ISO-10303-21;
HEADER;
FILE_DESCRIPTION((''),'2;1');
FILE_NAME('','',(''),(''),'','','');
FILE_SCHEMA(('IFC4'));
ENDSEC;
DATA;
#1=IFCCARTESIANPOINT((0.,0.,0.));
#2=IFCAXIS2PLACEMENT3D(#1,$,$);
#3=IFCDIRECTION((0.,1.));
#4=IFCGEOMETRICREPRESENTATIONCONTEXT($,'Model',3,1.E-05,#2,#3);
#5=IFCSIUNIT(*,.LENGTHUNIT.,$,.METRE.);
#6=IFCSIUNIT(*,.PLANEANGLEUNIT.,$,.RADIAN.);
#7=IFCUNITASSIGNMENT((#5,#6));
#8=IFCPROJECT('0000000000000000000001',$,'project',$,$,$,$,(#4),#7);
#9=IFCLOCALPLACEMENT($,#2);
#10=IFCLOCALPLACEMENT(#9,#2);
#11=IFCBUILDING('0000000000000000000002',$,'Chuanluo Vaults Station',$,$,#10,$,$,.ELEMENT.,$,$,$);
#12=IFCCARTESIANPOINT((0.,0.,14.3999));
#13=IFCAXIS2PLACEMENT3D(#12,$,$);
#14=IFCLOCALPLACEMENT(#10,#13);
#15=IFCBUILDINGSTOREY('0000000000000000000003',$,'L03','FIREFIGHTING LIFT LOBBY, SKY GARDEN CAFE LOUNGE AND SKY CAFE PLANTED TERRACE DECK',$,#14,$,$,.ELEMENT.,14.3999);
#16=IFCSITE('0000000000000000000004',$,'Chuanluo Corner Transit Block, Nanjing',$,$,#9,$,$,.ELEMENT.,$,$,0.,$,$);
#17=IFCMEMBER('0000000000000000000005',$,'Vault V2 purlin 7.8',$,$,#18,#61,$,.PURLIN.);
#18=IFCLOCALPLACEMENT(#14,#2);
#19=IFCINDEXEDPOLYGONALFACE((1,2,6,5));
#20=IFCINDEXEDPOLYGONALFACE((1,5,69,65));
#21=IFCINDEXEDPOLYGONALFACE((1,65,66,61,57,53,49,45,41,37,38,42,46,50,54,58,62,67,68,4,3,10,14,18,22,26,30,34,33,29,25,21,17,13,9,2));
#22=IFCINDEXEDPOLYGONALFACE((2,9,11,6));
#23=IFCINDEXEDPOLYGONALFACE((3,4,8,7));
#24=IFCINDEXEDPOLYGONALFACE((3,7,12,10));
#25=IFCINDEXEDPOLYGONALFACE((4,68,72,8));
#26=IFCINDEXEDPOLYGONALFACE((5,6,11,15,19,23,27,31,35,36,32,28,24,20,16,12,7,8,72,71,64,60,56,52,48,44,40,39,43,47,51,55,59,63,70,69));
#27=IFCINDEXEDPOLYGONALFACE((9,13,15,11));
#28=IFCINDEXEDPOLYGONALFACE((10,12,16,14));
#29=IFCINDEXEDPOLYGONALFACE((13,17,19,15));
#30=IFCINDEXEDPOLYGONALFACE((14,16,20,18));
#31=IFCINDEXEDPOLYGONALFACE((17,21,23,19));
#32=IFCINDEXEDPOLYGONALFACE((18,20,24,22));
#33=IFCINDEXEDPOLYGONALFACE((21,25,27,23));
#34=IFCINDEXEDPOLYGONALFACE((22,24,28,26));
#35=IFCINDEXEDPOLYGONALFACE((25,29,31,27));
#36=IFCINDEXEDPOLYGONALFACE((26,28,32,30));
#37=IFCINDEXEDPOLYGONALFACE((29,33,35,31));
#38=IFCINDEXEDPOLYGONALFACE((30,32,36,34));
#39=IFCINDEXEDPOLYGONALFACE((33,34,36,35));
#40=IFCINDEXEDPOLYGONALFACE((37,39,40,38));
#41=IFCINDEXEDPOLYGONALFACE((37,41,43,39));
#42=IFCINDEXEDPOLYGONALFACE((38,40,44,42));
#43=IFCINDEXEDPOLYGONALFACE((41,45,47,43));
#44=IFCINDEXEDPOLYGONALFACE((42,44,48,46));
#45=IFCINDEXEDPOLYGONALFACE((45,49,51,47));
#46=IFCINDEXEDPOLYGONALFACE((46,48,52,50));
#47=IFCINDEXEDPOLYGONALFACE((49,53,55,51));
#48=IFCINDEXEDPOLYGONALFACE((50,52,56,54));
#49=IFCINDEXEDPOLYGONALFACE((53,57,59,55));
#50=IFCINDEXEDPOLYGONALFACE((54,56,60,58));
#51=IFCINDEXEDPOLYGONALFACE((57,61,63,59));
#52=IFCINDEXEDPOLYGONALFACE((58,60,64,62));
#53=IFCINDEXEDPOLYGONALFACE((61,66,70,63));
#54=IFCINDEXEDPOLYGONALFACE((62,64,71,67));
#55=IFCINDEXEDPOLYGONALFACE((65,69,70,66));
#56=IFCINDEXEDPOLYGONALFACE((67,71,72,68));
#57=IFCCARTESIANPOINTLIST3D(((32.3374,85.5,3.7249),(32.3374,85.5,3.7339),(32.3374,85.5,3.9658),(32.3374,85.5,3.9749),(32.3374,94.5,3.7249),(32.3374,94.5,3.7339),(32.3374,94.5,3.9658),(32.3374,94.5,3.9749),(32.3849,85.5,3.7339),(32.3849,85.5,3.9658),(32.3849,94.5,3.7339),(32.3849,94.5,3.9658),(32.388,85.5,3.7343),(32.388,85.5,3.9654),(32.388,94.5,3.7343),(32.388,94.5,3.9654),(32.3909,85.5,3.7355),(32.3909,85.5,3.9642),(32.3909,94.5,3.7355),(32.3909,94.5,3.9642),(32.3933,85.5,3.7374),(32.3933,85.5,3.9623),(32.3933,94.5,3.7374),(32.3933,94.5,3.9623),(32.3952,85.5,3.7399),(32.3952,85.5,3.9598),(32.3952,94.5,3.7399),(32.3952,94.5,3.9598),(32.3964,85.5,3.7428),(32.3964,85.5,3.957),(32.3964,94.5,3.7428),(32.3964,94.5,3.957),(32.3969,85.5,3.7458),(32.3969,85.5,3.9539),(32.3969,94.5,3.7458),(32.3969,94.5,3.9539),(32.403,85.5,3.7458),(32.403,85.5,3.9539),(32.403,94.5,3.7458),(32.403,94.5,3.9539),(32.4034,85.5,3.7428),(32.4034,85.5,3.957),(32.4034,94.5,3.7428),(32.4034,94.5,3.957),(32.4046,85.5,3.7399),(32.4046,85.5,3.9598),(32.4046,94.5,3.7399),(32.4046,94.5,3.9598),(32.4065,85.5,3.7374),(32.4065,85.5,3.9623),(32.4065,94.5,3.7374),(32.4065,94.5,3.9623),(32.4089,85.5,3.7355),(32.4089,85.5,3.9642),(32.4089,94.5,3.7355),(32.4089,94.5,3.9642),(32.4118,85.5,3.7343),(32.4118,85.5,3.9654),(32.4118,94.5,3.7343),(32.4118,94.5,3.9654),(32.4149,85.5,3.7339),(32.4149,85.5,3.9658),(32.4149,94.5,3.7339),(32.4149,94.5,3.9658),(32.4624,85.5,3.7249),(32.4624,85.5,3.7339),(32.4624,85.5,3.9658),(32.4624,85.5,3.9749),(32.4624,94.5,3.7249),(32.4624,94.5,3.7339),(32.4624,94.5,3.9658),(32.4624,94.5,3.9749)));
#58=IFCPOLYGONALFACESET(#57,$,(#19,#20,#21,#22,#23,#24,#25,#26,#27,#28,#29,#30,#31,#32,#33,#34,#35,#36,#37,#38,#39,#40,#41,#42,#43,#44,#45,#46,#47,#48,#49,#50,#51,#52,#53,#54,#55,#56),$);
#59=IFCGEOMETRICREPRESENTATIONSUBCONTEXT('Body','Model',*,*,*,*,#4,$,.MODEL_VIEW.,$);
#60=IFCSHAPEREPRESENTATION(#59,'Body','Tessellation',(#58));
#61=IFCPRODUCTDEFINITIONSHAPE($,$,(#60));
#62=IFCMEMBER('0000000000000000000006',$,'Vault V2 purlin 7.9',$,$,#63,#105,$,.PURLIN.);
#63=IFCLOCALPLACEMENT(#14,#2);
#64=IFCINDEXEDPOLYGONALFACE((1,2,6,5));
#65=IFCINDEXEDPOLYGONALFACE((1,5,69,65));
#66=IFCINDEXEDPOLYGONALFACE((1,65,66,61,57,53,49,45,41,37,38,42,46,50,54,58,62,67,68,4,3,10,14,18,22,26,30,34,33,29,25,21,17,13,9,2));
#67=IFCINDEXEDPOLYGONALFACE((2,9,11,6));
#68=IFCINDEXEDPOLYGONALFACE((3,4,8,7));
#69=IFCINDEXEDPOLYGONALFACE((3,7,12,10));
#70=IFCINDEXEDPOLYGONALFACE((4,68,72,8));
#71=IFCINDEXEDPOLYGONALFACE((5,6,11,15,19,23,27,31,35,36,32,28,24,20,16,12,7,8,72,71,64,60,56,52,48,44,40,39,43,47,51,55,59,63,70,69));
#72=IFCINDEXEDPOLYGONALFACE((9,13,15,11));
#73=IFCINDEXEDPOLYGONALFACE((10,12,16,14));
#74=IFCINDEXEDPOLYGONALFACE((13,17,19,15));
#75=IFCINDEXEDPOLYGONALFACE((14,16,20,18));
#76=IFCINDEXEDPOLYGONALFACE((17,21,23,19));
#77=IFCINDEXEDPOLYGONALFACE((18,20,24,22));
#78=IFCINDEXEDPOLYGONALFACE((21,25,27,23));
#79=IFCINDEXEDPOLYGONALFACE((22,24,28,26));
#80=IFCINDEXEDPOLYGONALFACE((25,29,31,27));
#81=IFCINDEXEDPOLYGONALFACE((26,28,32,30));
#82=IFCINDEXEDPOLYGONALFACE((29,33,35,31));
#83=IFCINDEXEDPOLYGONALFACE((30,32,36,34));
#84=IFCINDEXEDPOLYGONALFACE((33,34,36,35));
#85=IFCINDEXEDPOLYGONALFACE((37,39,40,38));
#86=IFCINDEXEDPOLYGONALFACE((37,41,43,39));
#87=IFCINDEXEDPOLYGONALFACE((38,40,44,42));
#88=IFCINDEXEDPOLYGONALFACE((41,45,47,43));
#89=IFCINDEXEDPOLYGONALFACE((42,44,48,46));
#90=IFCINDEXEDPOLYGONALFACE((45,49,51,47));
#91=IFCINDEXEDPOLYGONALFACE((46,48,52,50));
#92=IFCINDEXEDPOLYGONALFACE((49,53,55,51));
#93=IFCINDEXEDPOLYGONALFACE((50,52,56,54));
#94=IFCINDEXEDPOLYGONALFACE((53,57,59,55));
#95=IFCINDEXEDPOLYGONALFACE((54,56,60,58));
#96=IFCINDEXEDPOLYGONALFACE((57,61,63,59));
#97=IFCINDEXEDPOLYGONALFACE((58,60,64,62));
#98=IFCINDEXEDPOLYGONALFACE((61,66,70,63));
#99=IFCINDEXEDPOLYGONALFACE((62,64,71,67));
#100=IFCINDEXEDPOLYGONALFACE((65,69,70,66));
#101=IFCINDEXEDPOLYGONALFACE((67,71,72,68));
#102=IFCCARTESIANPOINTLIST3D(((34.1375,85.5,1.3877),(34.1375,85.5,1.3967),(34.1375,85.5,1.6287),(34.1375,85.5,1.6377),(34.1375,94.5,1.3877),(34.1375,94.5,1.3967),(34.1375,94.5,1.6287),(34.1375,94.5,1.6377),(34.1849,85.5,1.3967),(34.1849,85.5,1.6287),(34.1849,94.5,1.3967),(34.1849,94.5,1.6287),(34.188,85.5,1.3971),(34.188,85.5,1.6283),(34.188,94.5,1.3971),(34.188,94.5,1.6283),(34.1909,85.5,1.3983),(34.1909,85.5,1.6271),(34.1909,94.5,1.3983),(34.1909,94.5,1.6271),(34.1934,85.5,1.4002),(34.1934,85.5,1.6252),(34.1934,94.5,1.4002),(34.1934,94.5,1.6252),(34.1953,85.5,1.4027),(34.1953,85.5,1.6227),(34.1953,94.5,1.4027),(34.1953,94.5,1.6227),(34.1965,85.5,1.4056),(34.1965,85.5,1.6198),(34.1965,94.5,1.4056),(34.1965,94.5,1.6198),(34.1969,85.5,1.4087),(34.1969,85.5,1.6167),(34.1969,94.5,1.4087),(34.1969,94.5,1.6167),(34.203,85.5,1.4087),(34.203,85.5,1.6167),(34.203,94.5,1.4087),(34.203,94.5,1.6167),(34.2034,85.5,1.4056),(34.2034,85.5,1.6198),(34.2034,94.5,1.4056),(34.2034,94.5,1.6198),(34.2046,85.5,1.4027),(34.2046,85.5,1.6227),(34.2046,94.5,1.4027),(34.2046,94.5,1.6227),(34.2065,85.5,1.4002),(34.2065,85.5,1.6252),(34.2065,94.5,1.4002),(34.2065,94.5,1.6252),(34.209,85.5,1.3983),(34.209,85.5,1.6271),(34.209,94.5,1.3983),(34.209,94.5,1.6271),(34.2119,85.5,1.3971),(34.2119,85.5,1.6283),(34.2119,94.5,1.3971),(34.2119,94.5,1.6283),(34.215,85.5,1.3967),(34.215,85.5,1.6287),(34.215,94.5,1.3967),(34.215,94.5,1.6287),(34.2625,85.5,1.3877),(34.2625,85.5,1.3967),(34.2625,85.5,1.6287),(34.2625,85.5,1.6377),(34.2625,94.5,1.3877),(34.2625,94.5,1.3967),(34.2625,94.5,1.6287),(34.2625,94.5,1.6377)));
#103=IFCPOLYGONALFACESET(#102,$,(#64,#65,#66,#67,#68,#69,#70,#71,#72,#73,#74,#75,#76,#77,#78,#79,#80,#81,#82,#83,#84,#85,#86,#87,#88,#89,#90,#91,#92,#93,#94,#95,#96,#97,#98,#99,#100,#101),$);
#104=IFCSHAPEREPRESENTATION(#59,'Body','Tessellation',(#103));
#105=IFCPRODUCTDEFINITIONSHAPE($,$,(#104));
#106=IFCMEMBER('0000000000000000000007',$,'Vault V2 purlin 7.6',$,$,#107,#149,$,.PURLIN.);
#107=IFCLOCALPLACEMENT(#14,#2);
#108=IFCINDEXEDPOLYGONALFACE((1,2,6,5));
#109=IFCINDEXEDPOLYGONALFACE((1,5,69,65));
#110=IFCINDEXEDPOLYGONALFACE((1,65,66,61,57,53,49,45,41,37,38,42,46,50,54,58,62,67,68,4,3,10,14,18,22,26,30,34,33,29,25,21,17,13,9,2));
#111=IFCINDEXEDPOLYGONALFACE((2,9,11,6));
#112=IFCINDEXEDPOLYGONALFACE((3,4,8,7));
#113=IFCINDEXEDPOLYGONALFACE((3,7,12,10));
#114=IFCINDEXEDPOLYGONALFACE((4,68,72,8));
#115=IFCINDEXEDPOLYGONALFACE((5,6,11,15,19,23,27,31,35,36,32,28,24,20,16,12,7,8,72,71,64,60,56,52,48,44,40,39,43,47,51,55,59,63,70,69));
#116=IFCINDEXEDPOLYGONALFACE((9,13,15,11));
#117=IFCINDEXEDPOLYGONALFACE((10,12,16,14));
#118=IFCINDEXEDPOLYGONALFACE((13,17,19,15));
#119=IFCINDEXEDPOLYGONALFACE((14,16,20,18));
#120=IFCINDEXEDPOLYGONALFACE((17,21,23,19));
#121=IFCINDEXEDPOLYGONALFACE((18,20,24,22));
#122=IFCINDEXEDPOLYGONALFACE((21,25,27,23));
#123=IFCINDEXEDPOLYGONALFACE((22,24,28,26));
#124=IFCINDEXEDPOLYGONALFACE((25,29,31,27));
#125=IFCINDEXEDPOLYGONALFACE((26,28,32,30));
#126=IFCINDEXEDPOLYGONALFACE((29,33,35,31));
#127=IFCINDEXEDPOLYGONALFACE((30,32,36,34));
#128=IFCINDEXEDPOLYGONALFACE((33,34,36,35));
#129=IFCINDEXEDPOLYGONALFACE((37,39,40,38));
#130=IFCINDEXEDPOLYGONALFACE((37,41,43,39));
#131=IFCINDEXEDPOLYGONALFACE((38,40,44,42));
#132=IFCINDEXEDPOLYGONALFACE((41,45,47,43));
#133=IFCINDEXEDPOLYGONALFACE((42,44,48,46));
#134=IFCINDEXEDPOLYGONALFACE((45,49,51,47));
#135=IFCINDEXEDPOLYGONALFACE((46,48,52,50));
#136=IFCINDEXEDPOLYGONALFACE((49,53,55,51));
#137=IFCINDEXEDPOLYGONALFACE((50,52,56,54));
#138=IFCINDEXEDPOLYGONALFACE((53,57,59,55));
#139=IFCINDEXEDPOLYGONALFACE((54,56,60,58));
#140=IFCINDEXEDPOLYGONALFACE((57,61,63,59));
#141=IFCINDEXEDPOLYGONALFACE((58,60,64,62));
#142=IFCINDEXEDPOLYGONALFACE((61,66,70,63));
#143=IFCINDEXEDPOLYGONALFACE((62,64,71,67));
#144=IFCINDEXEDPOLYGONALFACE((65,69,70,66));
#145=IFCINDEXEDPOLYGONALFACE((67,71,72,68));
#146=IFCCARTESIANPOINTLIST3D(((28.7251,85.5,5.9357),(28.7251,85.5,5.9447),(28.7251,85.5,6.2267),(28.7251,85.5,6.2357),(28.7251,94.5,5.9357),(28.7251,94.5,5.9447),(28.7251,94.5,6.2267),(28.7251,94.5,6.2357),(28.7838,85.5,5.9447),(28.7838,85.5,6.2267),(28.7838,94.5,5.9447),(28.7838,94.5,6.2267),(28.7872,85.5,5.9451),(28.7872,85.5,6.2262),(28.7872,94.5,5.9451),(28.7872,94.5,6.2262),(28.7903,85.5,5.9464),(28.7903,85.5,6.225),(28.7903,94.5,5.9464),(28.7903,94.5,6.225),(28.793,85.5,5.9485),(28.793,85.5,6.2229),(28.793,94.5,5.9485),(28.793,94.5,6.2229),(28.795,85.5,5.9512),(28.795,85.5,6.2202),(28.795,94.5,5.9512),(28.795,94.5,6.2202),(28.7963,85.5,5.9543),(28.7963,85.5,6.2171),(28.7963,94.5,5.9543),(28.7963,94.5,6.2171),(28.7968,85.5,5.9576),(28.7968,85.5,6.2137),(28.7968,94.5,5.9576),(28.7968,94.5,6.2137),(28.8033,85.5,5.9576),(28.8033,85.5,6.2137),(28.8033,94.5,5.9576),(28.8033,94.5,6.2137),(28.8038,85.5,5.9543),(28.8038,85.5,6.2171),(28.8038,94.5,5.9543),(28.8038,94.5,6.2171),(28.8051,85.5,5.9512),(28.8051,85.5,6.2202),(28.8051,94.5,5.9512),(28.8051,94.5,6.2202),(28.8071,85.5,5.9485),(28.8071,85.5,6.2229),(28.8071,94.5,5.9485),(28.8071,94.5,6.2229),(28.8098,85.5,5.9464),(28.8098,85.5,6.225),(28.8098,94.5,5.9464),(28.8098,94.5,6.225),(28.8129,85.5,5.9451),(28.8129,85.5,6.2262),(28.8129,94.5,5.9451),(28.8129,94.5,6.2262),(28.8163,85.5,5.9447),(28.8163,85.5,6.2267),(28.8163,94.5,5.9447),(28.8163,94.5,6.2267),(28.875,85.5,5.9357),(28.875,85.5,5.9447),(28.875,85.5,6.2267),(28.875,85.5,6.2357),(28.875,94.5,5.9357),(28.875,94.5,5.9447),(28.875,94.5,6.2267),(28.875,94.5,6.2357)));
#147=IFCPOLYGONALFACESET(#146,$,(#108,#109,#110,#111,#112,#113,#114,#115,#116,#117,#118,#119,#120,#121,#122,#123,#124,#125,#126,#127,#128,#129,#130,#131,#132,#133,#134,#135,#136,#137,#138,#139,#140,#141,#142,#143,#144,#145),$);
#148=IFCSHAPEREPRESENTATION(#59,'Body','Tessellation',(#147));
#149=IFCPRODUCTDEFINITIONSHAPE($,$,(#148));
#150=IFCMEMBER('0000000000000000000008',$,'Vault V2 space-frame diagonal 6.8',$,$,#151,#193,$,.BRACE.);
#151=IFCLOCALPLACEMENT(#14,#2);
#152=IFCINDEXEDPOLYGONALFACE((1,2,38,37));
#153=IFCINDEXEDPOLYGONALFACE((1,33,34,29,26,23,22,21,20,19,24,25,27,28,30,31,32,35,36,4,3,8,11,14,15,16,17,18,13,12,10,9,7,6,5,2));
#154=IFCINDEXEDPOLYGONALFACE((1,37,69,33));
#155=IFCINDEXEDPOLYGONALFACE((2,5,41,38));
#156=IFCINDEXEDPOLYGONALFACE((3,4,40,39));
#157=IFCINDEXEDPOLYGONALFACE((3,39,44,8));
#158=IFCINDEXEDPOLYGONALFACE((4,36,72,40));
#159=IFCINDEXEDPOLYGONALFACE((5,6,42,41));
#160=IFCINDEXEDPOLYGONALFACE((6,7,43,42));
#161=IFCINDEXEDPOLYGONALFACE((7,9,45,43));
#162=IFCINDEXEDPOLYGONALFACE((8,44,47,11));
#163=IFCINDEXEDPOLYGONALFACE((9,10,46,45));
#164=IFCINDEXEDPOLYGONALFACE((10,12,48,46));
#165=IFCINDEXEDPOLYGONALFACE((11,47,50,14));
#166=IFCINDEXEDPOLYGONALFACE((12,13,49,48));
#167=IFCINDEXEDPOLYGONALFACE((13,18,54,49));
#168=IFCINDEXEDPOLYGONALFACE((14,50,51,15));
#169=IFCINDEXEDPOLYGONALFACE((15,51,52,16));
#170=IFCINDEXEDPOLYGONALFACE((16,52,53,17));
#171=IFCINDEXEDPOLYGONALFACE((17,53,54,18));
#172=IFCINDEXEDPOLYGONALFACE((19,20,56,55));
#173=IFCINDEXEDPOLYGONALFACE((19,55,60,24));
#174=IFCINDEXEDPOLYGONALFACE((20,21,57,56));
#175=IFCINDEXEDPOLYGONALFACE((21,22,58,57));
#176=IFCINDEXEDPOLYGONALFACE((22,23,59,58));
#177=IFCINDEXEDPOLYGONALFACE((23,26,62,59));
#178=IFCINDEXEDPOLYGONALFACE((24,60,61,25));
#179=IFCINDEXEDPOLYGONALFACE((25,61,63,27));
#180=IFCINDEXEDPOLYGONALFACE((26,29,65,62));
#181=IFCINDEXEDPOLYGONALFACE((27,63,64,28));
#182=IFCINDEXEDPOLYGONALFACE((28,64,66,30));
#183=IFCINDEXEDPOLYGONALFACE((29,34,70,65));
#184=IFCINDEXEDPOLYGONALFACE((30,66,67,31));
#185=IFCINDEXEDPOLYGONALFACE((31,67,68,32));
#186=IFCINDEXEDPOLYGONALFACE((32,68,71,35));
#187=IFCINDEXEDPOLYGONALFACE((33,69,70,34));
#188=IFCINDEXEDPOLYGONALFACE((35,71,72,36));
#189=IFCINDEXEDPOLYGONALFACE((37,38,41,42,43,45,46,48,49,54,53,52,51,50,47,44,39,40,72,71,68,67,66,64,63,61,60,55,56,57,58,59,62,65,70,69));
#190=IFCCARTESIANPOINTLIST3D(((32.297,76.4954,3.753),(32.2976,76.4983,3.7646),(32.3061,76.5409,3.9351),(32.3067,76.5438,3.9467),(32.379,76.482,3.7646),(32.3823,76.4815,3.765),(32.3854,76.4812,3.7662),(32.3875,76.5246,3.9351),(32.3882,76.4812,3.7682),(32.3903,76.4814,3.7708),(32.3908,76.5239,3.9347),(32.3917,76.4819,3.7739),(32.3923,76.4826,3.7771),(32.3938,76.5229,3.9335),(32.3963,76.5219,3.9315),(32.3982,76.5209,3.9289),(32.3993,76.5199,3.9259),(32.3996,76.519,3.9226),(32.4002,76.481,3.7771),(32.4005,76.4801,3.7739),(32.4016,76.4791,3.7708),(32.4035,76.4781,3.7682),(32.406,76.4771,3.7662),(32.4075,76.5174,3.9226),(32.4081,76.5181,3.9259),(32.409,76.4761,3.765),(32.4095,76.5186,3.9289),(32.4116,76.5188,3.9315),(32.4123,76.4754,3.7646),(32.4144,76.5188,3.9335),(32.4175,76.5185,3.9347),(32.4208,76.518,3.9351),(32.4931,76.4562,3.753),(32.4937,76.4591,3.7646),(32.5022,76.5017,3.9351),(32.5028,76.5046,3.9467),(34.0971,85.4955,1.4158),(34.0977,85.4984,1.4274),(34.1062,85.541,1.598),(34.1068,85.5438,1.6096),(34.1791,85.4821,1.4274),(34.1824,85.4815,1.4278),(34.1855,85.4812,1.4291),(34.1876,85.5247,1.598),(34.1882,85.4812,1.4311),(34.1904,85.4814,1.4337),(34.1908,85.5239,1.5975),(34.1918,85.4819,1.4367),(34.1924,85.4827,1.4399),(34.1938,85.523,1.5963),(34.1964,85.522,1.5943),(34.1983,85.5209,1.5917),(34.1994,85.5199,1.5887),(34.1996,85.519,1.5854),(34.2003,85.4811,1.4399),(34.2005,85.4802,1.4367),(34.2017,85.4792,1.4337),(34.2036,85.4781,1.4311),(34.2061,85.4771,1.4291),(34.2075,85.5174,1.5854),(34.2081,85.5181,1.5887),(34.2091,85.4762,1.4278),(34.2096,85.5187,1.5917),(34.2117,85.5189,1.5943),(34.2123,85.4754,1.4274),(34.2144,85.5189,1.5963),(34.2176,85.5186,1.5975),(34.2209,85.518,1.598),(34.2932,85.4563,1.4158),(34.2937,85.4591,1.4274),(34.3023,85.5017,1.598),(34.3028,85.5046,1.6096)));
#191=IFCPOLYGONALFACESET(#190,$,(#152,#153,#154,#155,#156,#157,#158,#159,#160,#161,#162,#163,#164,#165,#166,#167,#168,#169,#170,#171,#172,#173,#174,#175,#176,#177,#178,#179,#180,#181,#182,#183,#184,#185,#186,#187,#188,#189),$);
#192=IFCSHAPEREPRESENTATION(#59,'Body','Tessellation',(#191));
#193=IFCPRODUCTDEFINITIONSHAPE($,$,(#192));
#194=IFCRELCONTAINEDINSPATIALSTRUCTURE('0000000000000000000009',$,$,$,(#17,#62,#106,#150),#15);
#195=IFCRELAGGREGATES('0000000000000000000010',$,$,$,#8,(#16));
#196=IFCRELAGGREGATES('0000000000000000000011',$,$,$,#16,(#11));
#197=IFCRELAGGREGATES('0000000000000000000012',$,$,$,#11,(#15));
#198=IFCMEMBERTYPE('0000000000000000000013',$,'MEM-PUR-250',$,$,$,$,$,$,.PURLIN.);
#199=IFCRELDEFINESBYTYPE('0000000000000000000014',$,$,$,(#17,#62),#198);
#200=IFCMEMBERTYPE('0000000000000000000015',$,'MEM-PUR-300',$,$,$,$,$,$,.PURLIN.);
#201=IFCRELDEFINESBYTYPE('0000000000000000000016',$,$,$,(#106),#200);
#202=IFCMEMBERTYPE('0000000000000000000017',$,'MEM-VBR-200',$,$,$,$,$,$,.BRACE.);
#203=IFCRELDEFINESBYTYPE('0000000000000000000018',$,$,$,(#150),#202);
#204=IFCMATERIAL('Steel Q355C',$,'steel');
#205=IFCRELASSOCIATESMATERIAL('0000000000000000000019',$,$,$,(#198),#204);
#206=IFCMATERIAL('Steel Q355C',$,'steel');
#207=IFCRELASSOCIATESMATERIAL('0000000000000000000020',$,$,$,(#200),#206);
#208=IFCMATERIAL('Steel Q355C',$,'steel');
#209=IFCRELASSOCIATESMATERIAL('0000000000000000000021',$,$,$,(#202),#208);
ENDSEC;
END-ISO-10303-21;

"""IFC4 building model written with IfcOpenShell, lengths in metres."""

from ifc_helpers import new_model, si_unit, direction, frame, origin, origin_2d, place, context, subcontext, project, spatial, i_section, extrude, material, material_profile, profile_set, type_object, element, save


model = new_model("IFC4")

# Units and contexts
model_context = context("Model", 3, precision=1e-05, world=origin(), true_north=direction((0.0, 1.0)))
body_context = subcontext(model_context, "Body", "Model", "MODEL_VIEW")
ifc_project = project(units=[si_unit("LENGTHUNIT", "METRE"), si_unit("PLANEANGLEUNIT", "RADIAN")], contexts=[model_context])

# Site, building, storey
site_placement = place(None, origin())
site = spatial("IfcSite", under=ifc_project, at=site_placement, Name="Chuanluo Corner Transit Block, Nanjing", CompositionType="ELEMENT", RefElevation=0.0)
building_placement = place(site_placement, origin())
building = spatial("IfcBuilding", under=site, at=building_placement, Name="Chuanluo Vaults Station", CompositionType="ELEMENT")
storey_placement = place(building_placement, frame((0.0, 0.0, 14.3999)))
storey = spatial("IfcBuildingStorey", under=building, at=storey_placement, Name="L03", Description="FIREFIGHTING LIFT LOBBY, SKY GARDEN CAFE LOUNGE AND SKY CAFE PLANTED TERRACE DECK", CompositionType="ELEMENT", Elevation=14.3999)

# Members
ifc_material_1 = material(Name="Steel Q355C", Category="steel")
ifc_material_profile_1 = material_profile(ifc_material_1, i_section(OverallWidth=0.125, OverallDepth=0.25, WebThickness=0.0061, FlangeThickness=0.009, FilletRadius=0.012, at=origin_2d()))
ifc_profile_set_1 = profile_set([ifc_material_profile_1], Name="Steel Q355C")
member_type_1 = type_object("IfcMemberType", Name="MEM-PUR-250", PredefinedType="PURLIN", material=ifc_profile_set_1)
for number, where, z_axis, x_axis, name in (
    (1, (32.3999, 85.5, 3.8499), (0.0, 1.0, 0.0), (-1.0, 0.0, 0.0), "Vault V2 purlin 7.8"),
    (2, (34.2, 85.5, 1.5127), (0.0, 1.0, 0.0), (-1.0, 0.0, 0.0), "Vault V2 purlin 7.9"),
):
    element("IfcMember", number, at=place(storey_placement, frame(where, z_axis=z_axis, x_axis=x_axis)), inside=storey, type_object=member_type_1, Name=name, PredefinedType="PURLIN", context=body_context, shape_type="SweptSolid", body=[
        extrude(i_section(OverallWidth=0.125, OverallDepth=0.25, WebThickness=0.0061, FlangeThickness=0.009, FilletRadius=0.012, at=origin_2d()), origin(), (0.0, 0.0, 1.0), 9.0),
    ])
ifc_material_2 = material(Name="Steel Q355C", Category="steel")
ifc_material_profile_2 = material_profile(ifc_material_2, i_section(OverallWidth=0.1499, OverallDepth=0.3, WebThickness=0.0066, FlangeThickness=0.009, FilletRadius=0.0129, at=origin_2d()))
ifc_profile_set_2 = profile_set([ifc_material_profile_2], Name="Steel Q355C")
member_type_2 = type_object("IfcMemberType", Name="MEM-PUR-300", PredefinedType="PURLIN", material=ifc_profile_set_2)
member_1_placement = place(storey_placement, frame((28.8, 85.5, 6.0857), z_axis=(0.0, 1.0, 0.0), x_axis=(-1.0, 0.0, 0.0)))
element("IfcMember", 3, at=member_1_placement, inside=storey, type_object=member_type_2, Name="Vault V2 purlin 7.6", PredefinedType="PURLIN", context=body_context, shape_type="SweptSolid", body=[
    extrude(i_section(OverallWidth=0.1499, OverallDepth=0.3, WebThickness=0.0066, FlangeThickness=0.009, FilletRadius=0.0129, at=origin_2d()), origin(), (0.0, 0.0, 1.0), 9.0),
])
ifc_material_3 = material(Name="Steel Q355C", Category="steel")
ifc_material_profile_3 = material_profile(ifc_material_3, i_section(OverallWidth=0.2, OverallDepth=0.2, WebThickness=0.0081, FlangeThickness=0.012, FilletRadius=0.0129, at=origin_2d()))
ifc_profile_set_3 = profile_set([ifc_material_profile_3], Name="Steel Q355C")
member_type_3 = type_object("IfcMemberType", Name="MEM-VBR-200", PredefinedType="BRACE", material=ifc_profile_set_3)
member_2_placement = place(storey_placement, frame((32.3999, 76.5, 3.8499), z_axis=(0.190056, 0.950255, -0.246766), x_axis=(-0.98058, 0.196121, 0.0)))
element("IfcMember", 4, at=member_2_placement, inside=storey, type_object=member_type_3, Name="Vault V2 space-frame diagonal 6.8", PredefinedType="BRACE", context=body_context, shape_type="SweptSolid", body=[
    extrude(i_section(OverallWidth=0.2, OverallDepth=0.2, WebThickness=0.0081, FlangeThickness=0.012, FilletRadius=0.0129, at=origin_2d()), origin(), (0.0, 0.0, 1.0), 9.4712),
])

save(model, "model.ifc")
